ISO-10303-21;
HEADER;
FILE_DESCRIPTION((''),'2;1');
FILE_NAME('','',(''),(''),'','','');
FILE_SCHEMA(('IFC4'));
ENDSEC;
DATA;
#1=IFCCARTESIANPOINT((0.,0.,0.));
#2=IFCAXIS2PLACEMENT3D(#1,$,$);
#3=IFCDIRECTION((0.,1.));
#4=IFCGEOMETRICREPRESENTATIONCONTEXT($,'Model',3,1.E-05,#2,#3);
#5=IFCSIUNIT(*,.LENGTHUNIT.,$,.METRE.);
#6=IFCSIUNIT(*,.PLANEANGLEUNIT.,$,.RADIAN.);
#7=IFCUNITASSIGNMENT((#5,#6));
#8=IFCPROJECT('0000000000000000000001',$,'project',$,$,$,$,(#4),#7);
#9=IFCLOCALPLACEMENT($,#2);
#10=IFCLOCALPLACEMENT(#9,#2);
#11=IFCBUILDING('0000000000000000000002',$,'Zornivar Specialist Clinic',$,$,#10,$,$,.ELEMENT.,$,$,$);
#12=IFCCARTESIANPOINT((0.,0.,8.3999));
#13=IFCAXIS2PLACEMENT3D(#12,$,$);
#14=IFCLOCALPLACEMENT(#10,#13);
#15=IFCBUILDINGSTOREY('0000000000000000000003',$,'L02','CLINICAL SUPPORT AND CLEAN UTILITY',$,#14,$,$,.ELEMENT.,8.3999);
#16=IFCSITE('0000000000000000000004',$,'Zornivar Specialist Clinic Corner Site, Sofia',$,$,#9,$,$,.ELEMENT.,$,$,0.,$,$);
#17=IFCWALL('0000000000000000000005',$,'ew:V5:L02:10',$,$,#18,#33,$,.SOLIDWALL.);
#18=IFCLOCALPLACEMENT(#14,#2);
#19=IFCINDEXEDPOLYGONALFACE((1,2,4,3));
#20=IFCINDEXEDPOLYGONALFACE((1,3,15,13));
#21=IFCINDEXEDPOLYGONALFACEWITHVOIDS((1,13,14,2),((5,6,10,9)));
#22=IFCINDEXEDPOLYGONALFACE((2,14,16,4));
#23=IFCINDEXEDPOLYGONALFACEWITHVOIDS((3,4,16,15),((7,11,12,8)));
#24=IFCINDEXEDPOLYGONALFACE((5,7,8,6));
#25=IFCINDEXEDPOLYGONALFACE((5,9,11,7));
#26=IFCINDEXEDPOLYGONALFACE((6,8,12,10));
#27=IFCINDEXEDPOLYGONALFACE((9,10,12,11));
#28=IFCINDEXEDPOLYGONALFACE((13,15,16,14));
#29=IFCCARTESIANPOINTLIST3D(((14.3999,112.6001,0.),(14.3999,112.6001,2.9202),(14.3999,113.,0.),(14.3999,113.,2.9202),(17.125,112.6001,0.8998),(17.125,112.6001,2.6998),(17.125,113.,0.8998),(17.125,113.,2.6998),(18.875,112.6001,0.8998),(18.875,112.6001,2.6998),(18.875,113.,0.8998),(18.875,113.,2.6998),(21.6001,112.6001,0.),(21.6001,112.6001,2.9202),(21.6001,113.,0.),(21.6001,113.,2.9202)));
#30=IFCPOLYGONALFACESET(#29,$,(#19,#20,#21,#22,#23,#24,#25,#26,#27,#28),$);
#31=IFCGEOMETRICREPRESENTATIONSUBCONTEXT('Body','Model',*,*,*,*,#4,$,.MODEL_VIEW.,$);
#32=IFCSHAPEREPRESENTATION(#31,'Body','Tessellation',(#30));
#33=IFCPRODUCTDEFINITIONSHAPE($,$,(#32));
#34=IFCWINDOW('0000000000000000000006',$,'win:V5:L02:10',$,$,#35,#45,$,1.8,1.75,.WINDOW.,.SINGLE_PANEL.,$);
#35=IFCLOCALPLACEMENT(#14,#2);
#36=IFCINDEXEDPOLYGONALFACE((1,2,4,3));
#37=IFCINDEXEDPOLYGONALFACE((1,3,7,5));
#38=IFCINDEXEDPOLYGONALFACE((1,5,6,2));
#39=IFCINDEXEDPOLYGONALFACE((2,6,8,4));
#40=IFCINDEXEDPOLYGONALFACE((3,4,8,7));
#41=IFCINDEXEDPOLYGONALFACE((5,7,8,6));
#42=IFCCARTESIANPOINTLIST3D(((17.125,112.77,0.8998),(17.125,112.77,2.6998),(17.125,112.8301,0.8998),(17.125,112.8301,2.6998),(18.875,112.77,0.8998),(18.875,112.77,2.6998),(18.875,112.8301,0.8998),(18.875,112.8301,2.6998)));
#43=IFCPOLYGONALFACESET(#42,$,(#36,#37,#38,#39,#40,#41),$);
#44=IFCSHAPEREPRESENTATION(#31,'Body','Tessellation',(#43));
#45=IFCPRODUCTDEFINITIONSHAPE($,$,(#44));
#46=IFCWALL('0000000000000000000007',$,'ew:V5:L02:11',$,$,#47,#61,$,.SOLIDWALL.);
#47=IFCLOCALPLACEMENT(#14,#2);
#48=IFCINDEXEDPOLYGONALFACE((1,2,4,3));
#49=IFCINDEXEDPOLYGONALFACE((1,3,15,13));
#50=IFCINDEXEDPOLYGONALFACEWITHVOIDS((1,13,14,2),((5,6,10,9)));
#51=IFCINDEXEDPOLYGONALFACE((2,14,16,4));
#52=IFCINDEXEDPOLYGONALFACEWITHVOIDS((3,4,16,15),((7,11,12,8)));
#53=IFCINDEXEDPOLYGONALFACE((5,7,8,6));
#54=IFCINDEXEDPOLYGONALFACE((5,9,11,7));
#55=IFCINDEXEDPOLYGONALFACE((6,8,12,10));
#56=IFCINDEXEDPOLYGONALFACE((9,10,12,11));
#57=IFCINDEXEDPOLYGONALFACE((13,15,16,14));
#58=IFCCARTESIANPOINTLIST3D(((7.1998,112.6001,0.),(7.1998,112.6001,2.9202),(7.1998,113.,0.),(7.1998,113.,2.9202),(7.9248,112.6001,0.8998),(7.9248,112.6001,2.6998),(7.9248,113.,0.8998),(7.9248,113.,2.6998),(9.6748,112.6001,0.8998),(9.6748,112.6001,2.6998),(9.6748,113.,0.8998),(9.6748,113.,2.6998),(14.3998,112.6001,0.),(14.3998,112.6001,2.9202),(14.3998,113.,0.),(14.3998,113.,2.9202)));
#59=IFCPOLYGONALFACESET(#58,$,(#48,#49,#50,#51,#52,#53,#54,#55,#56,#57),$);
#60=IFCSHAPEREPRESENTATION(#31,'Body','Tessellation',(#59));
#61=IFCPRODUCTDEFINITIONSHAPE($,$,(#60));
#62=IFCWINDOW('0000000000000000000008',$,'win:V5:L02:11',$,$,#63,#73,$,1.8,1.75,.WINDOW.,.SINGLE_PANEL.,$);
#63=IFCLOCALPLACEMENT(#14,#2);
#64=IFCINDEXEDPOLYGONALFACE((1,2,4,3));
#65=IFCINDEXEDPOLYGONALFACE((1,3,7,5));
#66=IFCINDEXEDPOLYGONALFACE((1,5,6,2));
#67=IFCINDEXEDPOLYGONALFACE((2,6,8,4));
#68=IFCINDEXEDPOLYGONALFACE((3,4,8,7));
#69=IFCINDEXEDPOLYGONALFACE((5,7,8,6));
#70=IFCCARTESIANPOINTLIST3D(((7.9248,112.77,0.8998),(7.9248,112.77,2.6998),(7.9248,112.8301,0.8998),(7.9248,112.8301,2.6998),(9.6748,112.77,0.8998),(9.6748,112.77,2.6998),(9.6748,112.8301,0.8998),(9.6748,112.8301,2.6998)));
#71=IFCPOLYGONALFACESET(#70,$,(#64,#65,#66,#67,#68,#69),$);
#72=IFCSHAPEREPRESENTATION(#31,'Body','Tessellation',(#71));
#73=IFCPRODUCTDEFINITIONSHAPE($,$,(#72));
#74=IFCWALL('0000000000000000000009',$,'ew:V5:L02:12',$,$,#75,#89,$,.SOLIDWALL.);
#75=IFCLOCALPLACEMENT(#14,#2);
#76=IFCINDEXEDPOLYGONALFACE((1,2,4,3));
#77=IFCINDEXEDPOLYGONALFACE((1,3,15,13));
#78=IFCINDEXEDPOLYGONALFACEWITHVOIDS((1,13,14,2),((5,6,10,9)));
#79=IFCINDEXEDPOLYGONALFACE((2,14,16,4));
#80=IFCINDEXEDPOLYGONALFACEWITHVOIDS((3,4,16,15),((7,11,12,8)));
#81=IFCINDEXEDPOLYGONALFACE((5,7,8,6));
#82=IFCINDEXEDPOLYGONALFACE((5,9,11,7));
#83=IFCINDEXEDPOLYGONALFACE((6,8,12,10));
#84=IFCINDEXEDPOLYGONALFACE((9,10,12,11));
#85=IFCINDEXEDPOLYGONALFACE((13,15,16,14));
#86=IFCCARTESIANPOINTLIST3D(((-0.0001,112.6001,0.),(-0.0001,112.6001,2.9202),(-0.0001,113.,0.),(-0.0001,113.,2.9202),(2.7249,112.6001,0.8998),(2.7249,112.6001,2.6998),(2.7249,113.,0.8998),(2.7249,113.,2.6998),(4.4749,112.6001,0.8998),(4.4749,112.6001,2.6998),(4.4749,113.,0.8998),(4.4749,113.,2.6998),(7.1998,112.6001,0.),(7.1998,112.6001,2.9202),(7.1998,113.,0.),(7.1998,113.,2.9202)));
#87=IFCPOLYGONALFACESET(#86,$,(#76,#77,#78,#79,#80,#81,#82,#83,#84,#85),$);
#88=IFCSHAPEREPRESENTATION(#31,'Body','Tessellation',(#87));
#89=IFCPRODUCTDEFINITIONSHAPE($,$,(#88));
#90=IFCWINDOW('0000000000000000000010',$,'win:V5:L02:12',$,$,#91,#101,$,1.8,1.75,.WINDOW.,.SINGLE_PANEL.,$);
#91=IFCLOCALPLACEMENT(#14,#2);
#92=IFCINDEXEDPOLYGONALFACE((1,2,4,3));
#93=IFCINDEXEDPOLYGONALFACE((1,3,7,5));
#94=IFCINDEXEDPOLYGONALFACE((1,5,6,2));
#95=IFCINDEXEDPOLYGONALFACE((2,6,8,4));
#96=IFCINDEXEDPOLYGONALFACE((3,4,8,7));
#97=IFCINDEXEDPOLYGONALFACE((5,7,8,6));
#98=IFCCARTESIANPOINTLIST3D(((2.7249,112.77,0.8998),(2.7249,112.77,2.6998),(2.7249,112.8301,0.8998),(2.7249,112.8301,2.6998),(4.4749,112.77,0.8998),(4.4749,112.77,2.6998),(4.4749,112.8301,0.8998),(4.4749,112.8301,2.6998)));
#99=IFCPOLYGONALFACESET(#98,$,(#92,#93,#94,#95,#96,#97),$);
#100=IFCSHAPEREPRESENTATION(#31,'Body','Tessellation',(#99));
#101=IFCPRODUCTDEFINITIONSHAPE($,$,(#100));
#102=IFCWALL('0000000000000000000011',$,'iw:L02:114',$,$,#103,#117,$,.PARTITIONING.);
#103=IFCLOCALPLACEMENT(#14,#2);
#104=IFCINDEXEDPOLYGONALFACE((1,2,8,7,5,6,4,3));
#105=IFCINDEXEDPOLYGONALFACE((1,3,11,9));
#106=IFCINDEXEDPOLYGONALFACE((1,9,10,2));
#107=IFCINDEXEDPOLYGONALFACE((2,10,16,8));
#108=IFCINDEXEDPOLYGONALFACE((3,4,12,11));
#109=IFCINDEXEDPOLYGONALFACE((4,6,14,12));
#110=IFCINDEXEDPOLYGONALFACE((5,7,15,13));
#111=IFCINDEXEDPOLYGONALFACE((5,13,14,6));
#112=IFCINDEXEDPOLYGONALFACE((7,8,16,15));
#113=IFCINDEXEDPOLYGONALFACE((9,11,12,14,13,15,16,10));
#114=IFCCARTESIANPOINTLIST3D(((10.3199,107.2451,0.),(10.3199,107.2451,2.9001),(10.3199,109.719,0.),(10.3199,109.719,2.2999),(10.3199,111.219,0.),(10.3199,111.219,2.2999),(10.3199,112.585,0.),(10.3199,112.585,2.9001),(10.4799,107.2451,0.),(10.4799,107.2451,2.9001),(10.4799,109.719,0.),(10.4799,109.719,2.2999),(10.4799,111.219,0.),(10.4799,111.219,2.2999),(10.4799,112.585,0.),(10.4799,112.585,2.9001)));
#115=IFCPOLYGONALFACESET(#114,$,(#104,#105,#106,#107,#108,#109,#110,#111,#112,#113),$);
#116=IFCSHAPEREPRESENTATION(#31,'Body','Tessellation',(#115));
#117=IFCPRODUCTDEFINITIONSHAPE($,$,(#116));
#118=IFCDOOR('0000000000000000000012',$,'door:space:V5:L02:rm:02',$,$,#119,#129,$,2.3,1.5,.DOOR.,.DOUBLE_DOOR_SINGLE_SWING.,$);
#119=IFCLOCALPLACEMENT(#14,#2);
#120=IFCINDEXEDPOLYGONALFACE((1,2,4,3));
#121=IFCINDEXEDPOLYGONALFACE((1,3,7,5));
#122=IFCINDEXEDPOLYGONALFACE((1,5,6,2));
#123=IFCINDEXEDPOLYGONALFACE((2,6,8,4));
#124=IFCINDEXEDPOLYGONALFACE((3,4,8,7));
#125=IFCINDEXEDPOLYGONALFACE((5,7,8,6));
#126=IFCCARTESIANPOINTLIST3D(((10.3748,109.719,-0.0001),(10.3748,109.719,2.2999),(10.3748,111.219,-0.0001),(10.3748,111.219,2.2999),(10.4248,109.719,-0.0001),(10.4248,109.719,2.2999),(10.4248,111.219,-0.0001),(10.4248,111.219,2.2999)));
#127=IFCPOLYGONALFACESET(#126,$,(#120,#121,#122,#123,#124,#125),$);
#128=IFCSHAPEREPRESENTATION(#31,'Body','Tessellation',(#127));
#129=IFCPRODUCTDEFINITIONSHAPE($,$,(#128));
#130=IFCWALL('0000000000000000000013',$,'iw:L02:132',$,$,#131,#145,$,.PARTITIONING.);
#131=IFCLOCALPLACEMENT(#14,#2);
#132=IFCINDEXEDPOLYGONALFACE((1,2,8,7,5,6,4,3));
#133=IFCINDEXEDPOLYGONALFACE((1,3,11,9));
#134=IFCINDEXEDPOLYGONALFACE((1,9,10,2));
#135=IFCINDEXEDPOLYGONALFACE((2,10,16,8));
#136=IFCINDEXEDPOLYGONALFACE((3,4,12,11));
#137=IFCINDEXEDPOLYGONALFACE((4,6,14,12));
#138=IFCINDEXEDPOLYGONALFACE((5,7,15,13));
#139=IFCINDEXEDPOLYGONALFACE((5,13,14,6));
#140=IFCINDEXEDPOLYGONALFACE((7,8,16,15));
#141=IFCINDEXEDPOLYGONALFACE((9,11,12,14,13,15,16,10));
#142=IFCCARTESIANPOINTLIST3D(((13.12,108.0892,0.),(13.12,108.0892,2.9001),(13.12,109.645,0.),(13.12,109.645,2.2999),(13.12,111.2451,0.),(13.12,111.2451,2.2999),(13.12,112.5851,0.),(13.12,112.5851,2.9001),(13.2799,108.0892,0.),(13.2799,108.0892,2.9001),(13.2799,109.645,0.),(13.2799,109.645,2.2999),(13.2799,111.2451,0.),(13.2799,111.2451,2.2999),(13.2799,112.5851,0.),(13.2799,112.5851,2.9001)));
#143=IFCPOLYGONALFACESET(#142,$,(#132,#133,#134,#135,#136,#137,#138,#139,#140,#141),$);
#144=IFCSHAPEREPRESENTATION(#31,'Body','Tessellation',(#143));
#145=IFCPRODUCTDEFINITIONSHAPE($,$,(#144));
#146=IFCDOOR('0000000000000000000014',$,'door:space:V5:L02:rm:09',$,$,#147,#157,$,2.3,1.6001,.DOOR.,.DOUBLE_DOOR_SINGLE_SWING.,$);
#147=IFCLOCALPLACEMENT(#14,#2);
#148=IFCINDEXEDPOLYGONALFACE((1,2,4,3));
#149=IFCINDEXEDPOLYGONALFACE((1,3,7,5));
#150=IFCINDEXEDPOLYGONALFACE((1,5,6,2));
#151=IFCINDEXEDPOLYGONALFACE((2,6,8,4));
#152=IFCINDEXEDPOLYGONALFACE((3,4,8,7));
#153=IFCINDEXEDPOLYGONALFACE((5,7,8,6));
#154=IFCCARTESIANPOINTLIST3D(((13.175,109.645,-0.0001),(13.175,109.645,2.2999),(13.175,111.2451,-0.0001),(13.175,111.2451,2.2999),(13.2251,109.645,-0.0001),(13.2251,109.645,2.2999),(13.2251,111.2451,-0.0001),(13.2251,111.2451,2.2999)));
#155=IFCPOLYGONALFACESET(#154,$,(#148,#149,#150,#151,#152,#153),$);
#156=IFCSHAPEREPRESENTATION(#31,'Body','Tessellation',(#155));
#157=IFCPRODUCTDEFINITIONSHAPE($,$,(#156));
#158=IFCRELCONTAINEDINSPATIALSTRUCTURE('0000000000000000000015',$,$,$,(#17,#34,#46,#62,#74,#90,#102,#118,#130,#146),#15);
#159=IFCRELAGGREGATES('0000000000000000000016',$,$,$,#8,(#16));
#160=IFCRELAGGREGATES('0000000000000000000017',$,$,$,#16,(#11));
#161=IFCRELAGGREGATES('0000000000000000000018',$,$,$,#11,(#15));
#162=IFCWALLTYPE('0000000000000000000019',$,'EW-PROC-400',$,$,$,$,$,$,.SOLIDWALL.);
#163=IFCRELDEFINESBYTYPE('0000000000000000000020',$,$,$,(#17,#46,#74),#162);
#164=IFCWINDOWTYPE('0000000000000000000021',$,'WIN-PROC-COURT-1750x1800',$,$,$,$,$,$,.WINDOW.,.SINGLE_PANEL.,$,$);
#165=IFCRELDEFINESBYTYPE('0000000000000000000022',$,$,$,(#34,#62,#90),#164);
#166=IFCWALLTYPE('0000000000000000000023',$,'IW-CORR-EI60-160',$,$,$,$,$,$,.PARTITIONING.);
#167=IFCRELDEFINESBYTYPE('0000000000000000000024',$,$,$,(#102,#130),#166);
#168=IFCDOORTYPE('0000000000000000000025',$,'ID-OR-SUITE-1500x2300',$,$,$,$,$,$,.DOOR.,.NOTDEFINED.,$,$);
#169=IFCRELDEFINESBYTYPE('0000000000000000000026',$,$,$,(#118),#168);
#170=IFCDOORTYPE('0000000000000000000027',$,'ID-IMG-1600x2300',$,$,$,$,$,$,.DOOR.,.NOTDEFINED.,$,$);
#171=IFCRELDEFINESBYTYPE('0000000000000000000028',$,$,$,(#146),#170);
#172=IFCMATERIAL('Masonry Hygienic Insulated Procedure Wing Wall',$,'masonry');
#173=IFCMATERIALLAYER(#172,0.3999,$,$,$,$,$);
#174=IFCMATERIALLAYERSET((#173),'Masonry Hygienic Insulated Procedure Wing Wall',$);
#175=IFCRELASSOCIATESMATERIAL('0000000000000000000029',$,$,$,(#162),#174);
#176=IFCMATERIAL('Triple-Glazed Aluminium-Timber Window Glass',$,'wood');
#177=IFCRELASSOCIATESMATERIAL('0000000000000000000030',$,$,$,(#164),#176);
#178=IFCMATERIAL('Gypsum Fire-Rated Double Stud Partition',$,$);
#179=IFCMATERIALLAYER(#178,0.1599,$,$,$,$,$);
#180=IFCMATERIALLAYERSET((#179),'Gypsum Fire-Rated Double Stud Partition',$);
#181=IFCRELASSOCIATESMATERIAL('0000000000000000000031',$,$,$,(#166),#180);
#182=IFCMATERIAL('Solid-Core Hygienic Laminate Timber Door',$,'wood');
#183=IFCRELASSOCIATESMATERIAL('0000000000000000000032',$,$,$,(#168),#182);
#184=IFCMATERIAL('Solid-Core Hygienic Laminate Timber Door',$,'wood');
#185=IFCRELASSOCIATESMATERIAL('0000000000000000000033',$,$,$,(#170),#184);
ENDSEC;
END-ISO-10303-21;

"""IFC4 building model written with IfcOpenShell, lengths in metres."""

from ifc_helpers import new_model, si_unit, direction, frame, frame_2d, origin, place, context, subcontext, project, spatial, rectangle, extrude, material, layer, layer_set, type_object, element, fill, save


model = new_model("IFC4")

# Units and contexts
model_context = context("Model", 3, precision=1e-05, world=origin(), true_north=direction((0.0, 1.0)))
body_context = subcontext(model_context, "Body", "Model", "MODEL_VIEW")
ifc_project = project(units=[si_unit("LENGTHUNIT", "METRE"), si_unit("PLANEANGLEUNIT", "RADIAN")], contexts=[model_context])

# Site, building, storey
site_placement = place(None, origin())
site = spatial("IfcSite", under=ifc_project, at=site_placement, Name="Zornivar Specialist Clinic Corner Site, Sofia", CompositionType="ELEMENT", RefElevation=0.0)
building_placement = place(site_placement, origin())
building = spatial("IfcBuilding", under=site, at=building_placement, Name="Zornivar Specialist Clinic", CompositionType="ELEMENT")
storey_placement = place(building_placement, frame((0.0, 0.0, 8.3999)))
storey = spatial("IfcBuildingStorey", under=building, at=storey_placement, Name="L02", Description="CLINICAL SUPPORT AND CLEAN UTILITY", CompositionType="ELEMENT", Elevation=8.3999)

# Walls, openings, windows
ifc_material_1 = material(Name="Masonry Hygienic Insulated Procedure Wing Wall", Category="masonry")
ifc_layer_1 = layer(ifc_material_1, 0.3999)
ifc_layer_set_1 = layer_set([ifc_layer_1], Name="Masonry Hygienic Insulated Procedure Wing Wall")
wall_type_1 = type_object("IfcWallType", Name="EW-PROC-400", PredefinedType="SOLIDWALL", material=ifc_layer_set_1)
wall_1_placement = place(storey_placement, frame((21.6001, 112.8, 0.0), z_axis=(0.0, 0.0, 1.0), x_axis=(-1.0, 0.0, 0.0)))
wall_1 = element("IfcWall", 1, at=wall_1_placement, inside=storey, type_object=wall_type_1, Name="ew:V5:L02:10", PredefinedType="SOLIDWALL", context=body_context, shape_type="SweptSolid", body=[
    extrude(rectangle(XDim=7.2002, YDim=0.3999, at=frame_2d((3.6001, 0.0))), origin(), (0.0, 0.0, 1.0), 2.9202),
])
opening_1_placement = place(wall_1_placement, frame((2.7251, 0.0, 0.8999)))
opening_1 = element("IfcOpeningElement", 2, at=opening_1_placement, cuts=wall_1, PredefinedType="OPENING", context=body_context, shape_type="SweptSolid", body=[
    extrude(rectangle(XDim=1.75, YDim=1.8, at=frame_2d((0.875, 0.8999))), frame((0.0, 0.21, 0.0), z_axis=(0.0, -1.0, 0.0), x_axis=(1.0, 0.0, 0.0)), (0.0, 0.0, 1.0), 0.4199),
])
ifc_material_2 = material(Name="Triple-Glazed Aluminium-Timber Window Glass", Category="wood")
window_type = type_object("IfcWindowType", Name="WIN-PROC-COURT-1750x1800", PartitioningType="SINGLE_PANEL", PredefinedType="WINDOW", material=ifc_material_2)
window_1_placement = place(opening_1_placement, origin())
window_1 = element("IfcWindow", 3, at=window_1_placement, inside=storey, type_object=window_type, Name="win:V5:L02:10", OverallHeight=1.8, OverallWidth=1.75, PartitioningType="SINGLE_PANEL", PredefinedType="WINDOW", context=body_context, shape_type="SweptSolid", body=[
    extrude(rectangle(XDim=1.75, YDim=1.8, at=frame_2d((0.875, 0.8999))), frame((0.0, 0.03, 0.0), z_axis=(0.0, -1.0, 0.0), x_axis=(1.0, 0.0, 0.0)), (0.0, 0.0, 1.0), 0.0601),
])
fill(opening_1, window_1)
wall_2_placement = place(storey_placement, frame((14.3999, 112.8, 0.0), z_axis=(0.0, 0.0, 1.0), x_axis=(-1.0, 0.0, 0.0)))
wall_2 = element("IfcWall", 4, at=wall_2_placement, inside=storey, type_object=wall_type_1, Name="ew:V5:L02:11", PredefinedType="SOLIDWALL", context=body_context, shape_type="SweptSolid", body=[
    extrude(rectangle(XDim=7.2, YDim=0.3999, at=frame_2d((3.6001, 0.0))), origin(), (0.0, 0.0, 1.0), 2.9202),
])
opening_2_placement = place(wall_2_placement, frame((4.7251, 0.0, 0.8999)))
opening_2 = element("IfcOpeningElement", 5, at=opening_2_placement, cuts=wall_2, PredefinedType="OPENING", context=body_context, shape_type="SweptSolid", body=[
    extrude(rectangle(XDim=1.75, YDim=1.8, at=frame_2d((0.875, 0.8999))), frame((0.0, 0.21, 0.0), z_axis=(0.0, -1.0, 0.0), x_axis=(1.0, 0.0, 0.0)), (0.0, 0.0, 1.0), 0.4199),
])
window_2_placement = place(opening_2_placement, origin())
window_2 = element("IfcWindow", 6, at=window_2_placement, inside=storey, type_object=window_type, Name="win:V5:L02:11", OverallHeight=1.8, OverallWidth=1.75, PartitioningType="SINGLE_PANEL", PredefinedType="WINDOW", context=body_context, shape_type="SweptSolid", body=[
    extrude(rectangle(XDim=1.75, YDim=1.8, at=frame_2d((0.875, 0.8999))), frame((0.0, 0.03, 0.0), z_axis=(0.0, -1.0, 0.0), x_axis=(1.0, 0.0, 0.0)), (0.0, 0.0, 1.0), 0.0601),
])
fill(opening_2, window_2)
wall_3_placement = place(storey_placement, frame((7.2, 112.8, 0.0), z_axis=(0.0, 0.0, 1.0), x_axis=(-1.0, 0.0, 0.0)))
wall_3 = element("IfcWall", 7, at=wall_3_placement, inside=storey, type_object=wall_type_1, Name="ew:V5:L02:12", PredefinedType="SOLIDWALL", context=body_context, shape_type="SweptSolid", body=[
    extrude(rectangle(XDim=7.2, YDim=0.3999, at=frame_2d((3.6001, 0.0))), origin(), (0.0, 0.0, 1.0), 2.9202),
])
opening_3_placement = place(wall_3_placement, frame((2.7251, 0.0, 0.8999)))
opening_3 = element("IfcOpeningElement", 8, at=opening_3_placement, cuts=wall_3, PredefinedType="OPENING", context=body_context, shape_type="SweptSolid", body=[
    extrude(rectangle(XDim=1.75, YDim=1.8, at=frame_2d((0.875, 0.8999))), frame((0.0, 0.21, 0.0), z_axis=(0.0, -1.0, 0.0), x_axis=(1.0, 0.0, 0.0)), (0.0, 0.0, 1.0), 0.4199),
])
window_3_placement = place(opening_3_placement, origin())
window_3 = element("IfcWindow", 9, at=window_3_placement, inside=storey, type_object=window_type, Name="win:V5:L02:12", OverallHeight=1.8, OverallWidth=1.75, PartitioningType="SINGLE_PANEL", PredefinedType="WINDOW", context=body_context, shape_type="SweptSolid", body=[
    extrude(rectangle(XDim=1.75, YDim=1.8, at=frame_2d((0.875, 0.8999))), frame((0.0, 0.03, 0.0), z_axis=(0.0, -1.0, 0.0), x_axis=(1.0, 0.0, 0.0)), (0.0, 0.0, 1.0), 0.0601),
])
fill(opening_3, window_3)

# Walls, openings, doors
ifc_material_3 = material(Name="Gypsum Fire-Rated Double Stud Partition")
ifc_layer_2 = layer(ifc_material_3, 0.1599)
ifc_layer_set_2 = layer_set([ifc_layer_2], Name="Gypsum Fire-Rated Double Stud Partition")
wall_type_2 = type_object("IfcWallType", Name="IW-CORR-EI60-160", PredefinedType="PARTITIONING", material=ifc_layer_set_2)
wall_4_placement = place(storey_placement, frame((10.3999, 112.585, 0.0), z_axis=(0.0, 0.0, 1.0), x_axis=(0.0, -1.0, 0.0)))
wall_4 = element("IfcWall", 10, at=wall_4_placement, inside=storey, type_object=wall_type_2, Name="iw:L02:114", PredefinedType="PARTITIONING", context=body_context, shape_type="SweptSolid", body=[
    extrude(rectangle(XDim=5.3398, YDim=0.1599, at=frame_2d((2.6699, 0.0))), origin(), (0.0, 0.0, 1.0), 2.9001),
])
opening_4_placement = place(wall_4_placement, frame((1.366, 0.0, 0.0)))
opening_4 = element("IfcOpeningElement", 11, at=opening_4_placement, cuts=wall_4, PredefinedType="OPENING", context=body_context, shape_type="SweptSolid", body=[
    extrude(rectangle(XDim=1.5, YDim=2.3, at=frame_2d((0.75, 1.1499))), frame((0.0, 0.0898, 0.0), z_axis=(0.0, -1.0, 0.0), x_axis=(1.0, 0.0, 0.0)), (0.0, 0.0, 1.0), 0.1799),
])
ifc_material_4 = material(Name="Solid-Core Hygienic Laminate Timber Door", Category="wood")
door_type_1 = type_object("IfcDoorType", Name="ID-OR-SUITE-1500x2300", OperationType="NOTDEFINED", PredefinedType="DOOR", material=ifc_material_4)
door_1_placement = place(opening_4_placement, origin())
door_1 = element("IfcDoor", 12, at=door_1_placement, inside=storey, type_object=door_type_1, Name="door:space:V5:L02:rm:02", OperationType="DOUBLE_DOOR_SINGLE_SWING", OverallHeight=2.3, OverallWidth=1.5, PredefinedType="DOOR", context=body_context, shape_type="SweptSolid", body=[
    extrude(rectangle(XDim=1.5, YDim=2.3, at=frame_2d((0.75, 1.1499))), frame((0.0, 0.0249, 0.0), z_axis=(0.0, -1.0, 0.0), x_axis=(1.0, 0.0, 0.0)), (0.0, 0.0, 1.0), 0.05),
])
fill(opening_4, door_1)
wall_5_placement = place(storey_placement, frame((13.2, 108.0891, 0.0), z_axis=(0.0, 0.0, 1.0), x_axis=(0.0, 1.0, 0.0)))
wall_5 = element("IfcWall", 13, at=wall_5_placement, inside=storey, type_object=wall_type_2, Name="iw:L02:132", PredefinedType="PARTITIONING", context=body_context, shape_type="SweptSolid", body=[
    extrude(rectangle(XDim=4.4958, YDim=0.1599, at=frame_2d((2.248, 0.0))), origin(), (0.0, 0.0, 1.0), 2.9001),
])
opening_5_placement = place(wall_5_placement, frame((1.5559, 0.0, 0.0)))
opening_5 = element("IfcOpeningElement", 14, at=opening_5_placement, cuts=wall_5, PredefinedType="OPENING", context=body_context, shape_type="SweptSolid", body=[
    extrude(rectangle(XDim=1.6001, YDim=2.3, at=frame_2d((0.8, 1.1499))), frame((0.0, 0.0898, 0.0), z_axis=(0.0, -1.0, 0.0), x_axis=(1.0, 0.0, 0.0)), (0.0, 0.0, 1.0), 0.1799),
])
ifc_material_5 = material(Name="Solid-Core Hygienic Laminate Timber Door", Category="wood")
door_type_2 = type_object("IfcDoorType", Name="ID-IMG-1600x2300", OperationType="NOTDEFINED", PredefinedType="DOOR", material=ifc_material_5)
door_2_placement = place(opening_5_placement, origin())
door_2 = element("IfcDoor", 15, at=door_2_placement, inside=storey, type_object=door_type_2, Name="door:space:V5:L02:rm:09", OperationType="DOUBLE_DOOR_SINGLE_SWING", OverallHeight=2.3, OverallWidth=1.6001, PredefinedType="DOOR", context=body_context, shape_type="SweptSolid", body=[
    extrude(rectangle(XDim=1.6001, YDim=2.3, at=frame_2d((0.8, 1.1499))), frame((0.0, 0.0249, 0.0), z_axis=(0.0, -1.0, 0.0), x_axis=(1.0, 0.0, 0.0)), (0.0, 0.0, 1.0), 0.05),
])
fill(opening_5, door_2)

save(model, "model.ifc")
